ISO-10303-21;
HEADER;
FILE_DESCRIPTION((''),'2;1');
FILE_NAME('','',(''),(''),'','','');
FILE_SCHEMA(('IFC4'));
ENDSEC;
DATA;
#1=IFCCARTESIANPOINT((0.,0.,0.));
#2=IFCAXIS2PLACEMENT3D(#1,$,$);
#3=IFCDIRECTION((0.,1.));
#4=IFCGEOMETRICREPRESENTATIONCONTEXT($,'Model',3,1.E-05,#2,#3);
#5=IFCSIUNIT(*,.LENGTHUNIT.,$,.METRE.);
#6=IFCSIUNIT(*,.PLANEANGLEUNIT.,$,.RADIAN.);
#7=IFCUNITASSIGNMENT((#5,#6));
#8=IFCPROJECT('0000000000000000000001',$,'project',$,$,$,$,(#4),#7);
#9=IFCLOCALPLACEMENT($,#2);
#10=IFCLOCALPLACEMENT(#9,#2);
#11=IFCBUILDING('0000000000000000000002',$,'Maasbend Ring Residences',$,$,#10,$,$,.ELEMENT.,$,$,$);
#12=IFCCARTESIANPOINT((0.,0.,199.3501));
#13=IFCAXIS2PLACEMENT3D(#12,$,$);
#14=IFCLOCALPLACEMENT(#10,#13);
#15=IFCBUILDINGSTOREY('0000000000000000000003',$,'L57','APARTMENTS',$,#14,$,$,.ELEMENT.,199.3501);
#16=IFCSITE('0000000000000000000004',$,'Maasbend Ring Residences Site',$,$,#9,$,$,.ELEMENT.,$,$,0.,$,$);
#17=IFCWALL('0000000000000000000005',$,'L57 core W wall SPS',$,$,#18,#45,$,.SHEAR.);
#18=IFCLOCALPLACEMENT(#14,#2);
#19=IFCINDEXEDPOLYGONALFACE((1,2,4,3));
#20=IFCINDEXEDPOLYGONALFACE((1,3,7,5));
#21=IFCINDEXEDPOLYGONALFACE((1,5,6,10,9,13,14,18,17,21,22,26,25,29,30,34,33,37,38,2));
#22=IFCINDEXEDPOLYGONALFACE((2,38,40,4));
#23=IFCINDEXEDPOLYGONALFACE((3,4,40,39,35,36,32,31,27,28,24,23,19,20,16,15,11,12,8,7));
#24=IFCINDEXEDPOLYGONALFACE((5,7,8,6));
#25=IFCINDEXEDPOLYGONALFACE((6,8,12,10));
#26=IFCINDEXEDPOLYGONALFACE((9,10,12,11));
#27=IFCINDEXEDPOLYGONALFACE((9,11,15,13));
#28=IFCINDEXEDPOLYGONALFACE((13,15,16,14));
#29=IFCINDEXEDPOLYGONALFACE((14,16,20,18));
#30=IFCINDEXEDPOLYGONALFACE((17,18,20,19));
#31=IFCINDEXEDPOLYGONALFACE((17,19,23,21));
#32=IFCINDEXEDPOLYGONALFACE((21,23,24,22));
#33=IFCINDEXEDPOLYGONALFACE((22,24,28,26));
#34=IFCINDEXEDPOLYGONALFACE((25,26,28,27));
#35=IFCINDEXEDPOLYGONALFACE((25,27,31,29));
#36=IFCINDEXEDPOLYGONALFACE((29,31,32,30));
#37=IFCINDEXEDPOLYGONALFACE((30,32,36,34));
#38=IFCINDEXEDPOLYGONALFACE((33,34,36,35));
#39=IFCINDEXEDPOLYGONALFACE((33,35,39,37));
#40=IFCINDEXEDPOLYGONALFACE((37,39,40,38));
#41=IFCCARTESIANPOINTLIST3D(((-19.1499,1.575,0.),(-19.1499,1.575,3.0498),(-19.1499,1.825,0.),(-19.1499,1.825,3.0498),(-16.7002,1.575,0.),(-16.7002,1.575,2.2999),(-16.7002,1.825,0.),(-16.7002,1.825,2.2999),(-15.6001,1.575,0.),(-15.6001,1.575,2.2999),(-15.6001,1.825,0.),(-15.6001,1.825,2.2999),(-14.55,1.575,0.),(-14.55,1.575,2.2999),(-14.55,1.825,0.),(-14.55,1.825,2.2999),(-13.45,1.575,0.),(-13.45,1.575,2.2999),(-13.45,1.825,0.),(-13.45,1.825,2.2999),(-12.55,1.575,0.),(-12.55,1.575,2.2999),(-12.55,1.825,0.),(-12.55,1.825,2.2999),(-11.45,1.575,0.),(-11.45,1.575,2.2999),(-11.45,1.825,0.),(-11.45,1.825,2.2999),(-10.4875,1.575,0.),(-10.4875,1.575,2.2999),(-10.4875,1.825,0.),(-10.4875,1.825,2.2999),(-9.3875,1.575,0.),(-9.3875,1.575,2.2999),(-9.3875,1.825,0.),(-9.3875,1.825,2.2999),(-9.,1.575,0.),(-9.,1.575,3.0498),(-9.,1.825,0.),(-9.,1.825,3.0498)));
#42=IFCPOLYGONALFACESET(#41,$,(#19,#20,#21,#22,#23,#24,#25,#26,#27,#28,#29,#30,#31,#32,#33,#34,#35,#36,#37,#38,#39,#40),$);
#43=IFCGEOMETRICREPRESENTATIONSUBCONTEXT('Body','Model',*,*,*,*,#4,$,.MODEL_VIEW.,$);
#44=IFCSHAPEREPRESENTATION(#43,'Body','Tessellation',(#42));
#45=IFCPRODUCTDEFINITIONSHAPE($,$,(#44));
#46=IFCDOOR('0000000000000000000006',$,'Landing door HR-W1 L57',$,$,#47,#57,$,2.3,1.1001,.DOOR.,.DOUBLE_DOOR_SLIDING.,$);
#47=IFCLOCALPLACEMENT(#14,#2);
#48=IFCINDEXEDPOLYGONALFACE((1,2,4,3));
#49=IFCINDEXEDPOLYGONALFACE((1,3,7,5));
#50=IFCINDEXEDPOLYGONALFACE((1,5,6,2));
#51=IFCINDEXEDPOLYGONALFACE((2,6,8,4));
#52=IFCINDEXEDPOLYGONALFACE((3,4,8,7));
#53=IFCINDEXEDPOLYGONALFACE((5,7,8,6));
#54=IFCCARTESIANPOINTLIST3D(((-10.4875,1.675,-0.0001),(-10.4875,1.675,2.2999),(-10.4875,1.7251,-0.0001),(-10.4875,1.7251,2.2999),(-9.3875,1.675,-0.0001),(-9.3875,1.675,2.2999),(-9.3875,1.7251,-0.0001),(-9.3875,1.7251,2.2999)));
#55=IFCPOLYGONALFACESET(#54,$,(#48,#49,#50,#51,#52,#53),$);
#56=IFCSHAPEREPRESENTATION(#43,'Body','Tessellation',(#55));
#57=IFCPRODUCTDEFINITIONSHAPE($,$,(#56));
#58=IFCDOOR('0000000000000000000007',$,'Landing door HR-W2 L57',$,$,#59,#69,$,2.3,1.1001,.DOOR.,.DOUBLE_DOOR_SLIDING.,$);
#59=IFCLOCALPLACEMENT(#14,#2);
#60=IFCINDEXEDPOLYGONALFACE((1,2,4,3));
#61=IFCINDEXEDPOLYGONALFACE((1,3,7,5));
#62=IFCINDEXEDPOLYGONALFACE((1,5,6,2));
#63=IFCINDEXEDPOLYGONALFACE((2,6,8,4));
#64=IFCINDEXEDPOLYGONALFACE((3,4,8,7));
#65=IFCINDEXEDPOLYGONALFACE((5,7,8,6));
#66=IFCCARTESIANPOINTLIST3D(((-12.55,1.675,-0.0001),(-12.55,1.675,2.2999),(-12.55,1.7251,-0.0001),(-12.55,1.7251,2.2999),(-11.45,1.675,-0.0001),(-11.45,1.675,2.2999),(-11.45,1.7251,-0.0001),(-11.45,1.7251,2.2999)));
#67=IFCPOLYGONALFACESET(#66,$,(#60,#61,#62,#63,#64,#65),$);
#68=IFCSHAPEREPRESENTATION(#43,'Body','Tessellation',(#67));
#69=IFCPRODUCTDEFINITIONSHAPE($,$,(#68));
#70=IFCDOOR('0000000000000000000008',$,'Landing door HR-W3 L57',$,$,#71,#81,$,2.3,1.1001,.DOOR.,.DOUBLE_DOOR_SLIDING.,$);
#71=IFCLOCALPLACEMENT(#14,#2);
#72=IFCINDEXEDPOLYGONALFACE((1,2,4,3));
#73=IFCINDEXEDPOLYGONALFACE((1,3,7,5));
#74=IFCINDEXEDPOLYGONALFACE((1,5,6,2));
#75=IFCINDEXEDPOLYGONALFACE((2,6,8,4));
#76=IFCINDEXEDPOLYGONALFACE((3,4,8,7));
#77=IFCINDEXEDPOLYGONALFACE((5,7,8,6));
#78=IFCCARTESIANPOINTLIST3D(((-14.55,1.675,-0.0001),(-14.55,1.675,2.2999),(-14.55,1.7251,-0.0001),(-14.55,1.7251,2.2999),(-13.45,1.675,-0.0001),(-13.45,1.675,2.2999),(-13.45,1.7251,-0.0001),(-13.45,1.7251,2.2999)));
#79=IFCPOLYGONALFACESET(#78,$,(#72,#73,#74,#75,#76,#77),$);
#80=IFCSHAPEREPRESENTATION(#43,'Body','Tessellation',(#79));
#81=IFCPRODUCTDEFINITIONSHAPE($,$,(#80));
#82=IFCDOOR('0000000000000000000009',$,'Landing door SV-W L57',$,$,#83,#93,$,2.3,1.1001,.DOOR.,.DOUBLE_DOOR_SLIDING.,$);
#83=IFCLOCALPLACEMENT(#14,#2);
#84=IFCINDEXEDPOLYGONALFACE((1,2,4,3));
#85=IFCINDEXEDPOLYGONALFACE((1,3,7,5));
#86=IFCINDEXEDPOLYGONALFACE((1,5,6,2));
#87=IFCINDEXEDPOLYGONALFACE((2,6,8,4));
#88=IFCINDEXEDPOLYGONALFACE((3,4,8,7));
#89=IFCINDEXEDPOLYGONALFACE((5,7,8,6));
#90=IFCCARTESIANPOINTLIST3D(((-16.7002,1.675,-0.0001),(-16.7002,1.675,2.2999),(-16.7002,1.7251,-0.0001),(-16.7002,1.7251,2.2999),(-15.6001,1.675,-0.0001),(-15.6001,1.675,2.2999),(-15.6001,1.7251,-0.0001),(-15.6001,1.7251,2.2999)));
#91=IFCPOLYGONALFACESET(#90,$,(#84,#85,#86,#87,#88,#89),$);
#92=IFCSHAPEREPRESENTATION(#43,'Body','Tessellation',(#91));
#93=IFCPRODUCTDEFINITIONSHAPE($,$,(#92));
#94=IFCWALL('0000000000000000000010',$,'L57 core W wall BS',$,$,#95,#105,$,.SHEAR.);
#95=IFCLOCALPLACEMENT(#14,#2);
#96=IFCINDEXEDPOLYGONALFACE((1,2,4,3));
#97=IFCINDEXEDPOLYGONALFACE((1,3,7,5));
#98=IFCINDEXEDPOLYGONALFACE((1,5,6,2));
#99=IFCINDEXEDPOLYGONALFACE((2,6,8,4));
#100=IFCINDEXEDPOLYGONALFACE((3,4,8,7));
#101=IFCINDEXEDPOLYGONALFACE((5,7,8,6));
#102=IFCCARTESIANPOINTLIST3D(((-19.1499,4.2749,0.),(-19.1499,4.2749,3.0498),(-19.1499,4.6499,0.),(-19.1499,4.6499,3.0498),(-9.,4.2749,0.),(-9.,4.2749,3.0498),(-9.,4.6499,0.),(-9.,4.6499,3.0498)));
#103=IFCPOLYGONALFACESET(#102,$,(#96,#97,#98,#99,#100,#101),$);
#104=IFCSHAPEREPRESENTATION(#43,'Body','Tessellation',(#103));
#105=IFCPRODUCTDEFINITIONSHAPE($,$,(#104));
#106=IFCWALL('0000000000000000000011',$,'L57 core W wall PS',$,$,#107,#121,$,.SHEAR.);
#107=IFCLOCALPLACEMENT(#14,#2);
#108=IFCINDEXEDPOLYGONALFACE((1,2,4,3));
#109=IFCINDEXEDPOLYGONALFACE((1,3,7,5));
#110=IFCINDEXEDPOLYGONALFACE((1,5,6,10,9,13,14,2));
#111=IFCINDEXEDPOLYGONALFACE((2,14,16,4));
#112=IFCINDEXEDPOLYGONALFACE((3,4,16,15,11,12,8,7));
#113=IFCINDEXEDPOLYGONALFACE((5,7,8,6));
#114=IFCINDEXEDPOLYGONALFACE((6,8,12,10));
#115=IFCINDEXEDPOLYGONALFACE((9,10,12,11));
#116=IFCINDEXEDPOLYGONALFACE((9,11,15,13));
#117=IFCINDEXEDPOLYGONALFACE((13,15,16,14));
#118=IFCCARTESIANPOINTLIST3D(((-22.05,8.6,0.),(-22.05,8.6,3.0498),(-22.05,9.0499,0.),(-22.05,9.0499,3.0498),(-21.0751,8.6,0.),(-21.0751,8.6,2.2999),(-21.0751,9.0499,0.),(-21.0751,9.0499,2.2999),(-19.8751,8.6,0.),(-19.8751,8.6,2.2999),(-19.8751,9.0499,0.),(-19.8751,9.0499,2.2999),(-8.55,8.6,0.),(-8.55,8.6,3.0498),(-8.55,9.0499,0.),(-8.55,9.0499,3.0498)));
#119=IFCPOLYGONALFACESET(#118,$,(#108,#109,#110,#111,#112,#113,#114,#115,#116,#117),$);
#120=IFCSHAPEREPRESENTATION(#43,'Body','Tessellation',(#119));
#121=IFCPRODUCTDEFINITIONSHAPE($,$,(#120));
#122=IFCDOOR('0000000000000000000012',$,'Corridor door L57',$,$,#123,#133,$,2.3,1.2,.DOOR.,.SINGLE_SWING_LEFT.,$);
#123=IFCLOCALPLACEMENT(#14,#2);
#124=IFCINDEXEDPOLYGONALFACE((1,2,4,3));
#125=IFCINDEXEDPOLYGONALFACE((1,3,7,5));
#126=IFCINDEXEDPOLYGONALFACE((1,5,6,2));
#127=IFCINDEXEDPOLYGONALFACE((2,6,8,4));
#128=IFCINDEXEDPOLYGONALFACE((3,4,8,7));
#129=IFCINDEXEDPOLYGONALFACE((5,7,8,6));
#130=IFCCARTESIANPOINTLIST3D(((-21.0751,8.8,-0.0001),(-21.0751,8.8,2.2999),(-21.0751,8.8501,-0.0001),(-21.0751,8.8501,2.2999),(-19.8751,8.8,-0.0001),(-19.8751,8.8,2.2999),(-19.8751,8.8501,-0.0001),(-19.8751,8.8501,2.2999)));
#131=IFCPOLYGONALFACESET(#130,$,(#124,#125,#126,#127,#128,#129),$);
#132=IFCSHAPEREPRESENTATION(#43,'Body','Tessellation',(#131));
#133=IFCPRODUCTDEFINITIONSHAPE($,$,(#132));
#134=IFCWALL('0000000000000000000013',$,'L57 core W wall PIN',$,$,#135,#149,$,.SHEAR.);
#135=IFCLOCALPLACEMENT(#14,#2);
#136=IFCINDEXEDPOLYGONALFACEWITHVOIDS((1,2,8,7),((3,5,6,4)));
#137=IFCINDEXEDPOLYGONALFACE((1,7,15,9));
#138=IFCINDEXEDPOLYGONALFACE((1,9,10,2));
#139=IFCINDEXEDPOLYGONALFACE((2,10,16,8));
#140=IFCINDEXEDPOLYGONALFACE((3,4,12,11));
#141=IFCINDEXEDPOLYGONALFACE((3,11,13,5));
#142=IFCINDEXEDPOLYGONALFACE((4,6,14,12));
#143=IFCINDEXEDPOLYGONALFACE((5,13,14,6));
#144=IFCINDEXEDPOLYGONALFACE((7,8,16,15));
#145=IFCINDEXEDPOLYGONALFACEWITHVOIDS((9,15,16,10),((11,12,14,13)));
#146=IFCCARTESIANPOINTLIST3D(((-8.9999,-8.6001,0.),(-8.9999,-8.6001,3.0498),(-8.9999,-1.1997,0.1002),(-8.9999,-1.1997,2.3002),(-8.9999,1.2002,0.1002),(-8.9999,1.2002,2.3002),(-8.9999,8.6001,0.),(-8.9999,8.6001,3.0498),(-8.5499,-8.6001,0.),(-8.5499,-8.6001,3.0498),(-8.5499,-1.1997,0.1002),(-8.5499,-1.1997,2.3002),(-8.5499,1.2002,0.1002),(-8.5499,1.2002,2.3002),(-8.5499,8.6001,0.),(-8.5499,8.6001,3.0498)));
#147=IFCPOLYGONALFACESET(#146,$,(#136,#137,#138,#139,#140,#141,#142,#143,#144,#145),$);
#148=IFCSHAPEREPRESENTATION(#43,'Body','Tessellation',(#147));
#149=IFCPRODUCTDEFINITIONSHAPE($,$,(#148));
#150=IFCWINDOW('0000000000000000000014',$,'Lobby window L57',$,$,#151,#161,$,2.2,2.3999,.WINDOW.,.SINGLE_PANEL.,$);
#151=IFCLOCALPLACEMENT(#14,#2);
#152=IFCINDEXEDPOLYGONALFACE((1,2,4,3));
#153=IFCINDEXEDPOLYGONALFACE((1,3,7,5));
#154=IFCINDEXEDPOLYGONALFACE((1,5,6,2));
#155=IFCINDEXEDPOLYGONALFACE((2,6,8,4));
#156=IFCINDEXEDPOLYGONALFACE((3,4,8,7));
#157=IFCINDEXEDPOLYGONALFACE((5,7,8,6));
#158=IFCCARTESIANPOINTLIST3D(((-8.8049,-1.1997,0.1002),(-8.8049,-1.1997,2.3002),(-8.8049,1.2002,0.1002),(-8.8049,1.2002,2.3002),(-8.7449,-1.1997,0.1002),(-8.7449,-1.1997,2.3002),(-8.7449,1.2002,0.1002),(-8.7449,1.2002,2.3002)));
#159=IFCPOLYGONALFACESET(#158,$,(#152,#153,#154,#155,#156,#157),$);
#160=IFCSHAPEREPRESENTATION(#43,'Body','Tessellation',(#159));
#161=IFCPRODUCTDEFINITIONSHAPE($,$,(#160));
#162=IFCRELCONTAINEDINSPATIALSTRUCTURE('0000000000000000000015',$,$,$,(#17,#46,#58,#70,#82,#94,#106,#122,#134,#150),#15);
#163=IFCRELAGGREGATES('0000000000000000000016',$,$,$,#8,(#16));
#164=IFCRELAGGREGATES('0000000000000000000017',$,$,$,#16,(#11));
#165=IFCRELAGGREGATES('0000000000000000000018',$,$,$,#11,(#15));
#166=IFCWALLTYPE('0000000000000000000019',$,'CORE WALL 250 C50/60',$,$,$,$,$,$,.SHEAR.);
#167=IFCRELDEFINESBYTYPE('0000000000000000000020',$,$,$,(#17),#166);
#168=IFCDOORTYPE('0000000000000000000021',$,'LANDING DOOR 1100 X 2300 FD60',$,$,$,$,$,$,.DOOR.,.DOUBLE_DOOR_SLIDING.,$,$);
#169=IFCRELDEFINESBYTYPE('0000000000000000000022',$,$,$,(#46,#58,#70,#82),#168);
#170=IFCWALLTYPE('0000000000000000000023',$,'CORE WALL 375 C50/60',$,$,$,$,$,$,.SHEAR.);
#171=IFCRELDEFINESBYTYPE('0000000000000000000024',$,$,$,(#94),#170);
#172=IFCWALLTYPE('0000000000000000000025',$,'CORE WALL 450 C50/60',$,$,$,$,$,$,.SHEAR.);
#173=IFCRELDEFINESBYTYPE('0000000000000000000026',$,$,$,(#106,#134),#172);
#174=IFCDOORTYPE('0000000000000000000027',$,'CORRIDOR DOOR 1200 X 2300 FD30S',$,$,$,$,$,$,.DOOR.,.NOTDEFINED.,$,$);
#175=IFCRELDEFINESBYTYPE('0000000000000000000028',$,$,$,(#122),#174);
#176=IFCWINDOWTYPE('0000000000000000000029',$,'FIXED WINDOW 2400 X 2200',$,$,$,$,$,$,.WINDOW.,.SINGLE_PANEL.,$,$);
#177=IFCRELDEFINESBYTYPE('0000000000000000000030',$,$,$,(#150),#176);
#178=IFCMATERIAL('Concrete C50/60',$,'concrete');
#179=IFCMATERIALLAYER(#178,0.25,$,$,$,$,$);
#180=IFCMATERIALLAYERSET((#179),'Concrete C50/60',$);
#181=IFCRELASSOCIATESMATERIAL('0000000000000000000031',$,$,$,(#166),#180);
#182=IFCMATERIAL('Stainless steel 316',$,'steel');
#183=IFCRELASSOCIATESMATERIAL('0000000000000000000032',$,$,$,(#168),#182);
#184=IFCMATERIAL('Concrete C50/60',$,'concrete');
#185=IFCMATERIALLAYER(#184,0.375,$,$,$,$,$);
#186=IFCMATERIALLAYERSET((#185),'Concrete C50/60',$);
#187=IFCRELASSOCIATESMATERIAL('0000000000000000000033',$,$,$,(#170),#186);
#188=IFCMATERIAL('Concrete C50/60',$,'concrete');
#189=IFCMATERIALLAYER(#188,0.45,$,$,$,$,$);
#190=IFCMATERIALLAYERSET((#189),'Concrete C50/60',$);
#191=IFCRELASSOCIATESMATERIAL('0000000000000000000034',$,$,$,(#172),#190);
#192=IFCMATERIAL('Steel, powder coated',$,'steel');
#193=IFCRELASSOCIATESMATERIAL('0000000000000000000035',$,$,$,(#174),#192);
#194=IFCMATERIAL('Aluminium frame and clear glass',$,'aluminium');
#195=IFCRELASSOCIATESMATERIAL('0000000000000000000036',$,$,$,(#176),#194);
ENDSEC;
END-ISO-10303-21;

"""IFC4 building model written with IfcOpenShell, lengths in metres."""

from ifc_helpers import new_model, si_unit, direction, frame, frame_2d, origin, place, context, subcontext, project, spatial, rectangle, extrude, material, layer, layer_set, type_object, element, fill, save


model = new_model("IFC4")

# Units and contexts
model_context = context("Model", 3, precision=1e-05, world=origin(), true_north=direction((0.0, 1.0)))
body_context = subcontext(model_context, "Body", "Model", "MODEL_VIEW")
ifc_project = project(units=[si_unit("LENGTHUNIT", "METRE"), si_unit("PLANEANGLEUNIT", "RADIAN")], contexts=[model_context])

# Site, building, storey
site_placement = place(None, origin())
site = spatial("IfcSite", under=ifc_project, at=site_placement, Name="Maasbend Ring Residences Site", CompositionType="ELEMENT", RefElevation=0.0)
building_placement = place(site_placement, origin())
building = spatial("IfcBuilding", under=site, at=building_placement, Name="Maasbend Ring Residences", CompositionType="ELEMENT")
storey_placement = place(building_placement, frame((0.0, 0.0, 199.3501)))
storey = spatial("IfcBuildingStorey", under=building, at=storey_placement, Name="L57", Description="APARTMENTS", CompositionType="ELEMENT", Elevation=199.3501)

# Wall, openings, doors
ifc_material_1 = material(Name="Concrete C50/60", Category="concrete")
ifc_layer_1 = layer(ifc_material_1, 0.25)
ifc_layer_set_1 = layer_set([ifc_layer_1], Name="Concrete C50/60")
wall_type_1 = type_object("IfcWallType", Name="CORE WALL 250 C50/60", PredefinedType="SHEAR", material=ifc_layer_set_1)
wall_1_placement = place(storey_placement, frame((-9.0, 1.7, 0.0), z_axis=(0.0, 0.0, 1.0), x_axis=(-1.0, 0.0, 0.0)))
wall_1 = element("IfcWall", 1, at=wall_1_placement, inside=storey, type_object=wall_type_1, Name="L57 core W wall SPS", PredefinedType="SHEAR", context=body_context, shape_type="SweptSolid", body=[
    extrude(rectangle(XDim=10.1499, YDim=0.25, at=frame_2d((5.075, 0.0))), origin(), (0.0, 0.0, 1.0), 3.0498),
])
opening_1_placement = place(wall_1_placement, frame((0.3875, 0.0, 0.0)))
opening_1 = element("IfcOpeningElement", 2, at=opening_1_placement, cuts=wall_1, PredefinedType="OPENING", context=body_context, shape_type="SweptSolid", body=[
    extrude(rectangle(XDim=1.1001, YDim=2.3, at=frame_2d((0.55, 1.1499))), frame((0.0, 0.135, 0.0), z_axis=(0.0, -1.0, 0.0), x_axis=(1.0, 0.0, 0.0)), (0.0, 0.0, 1.0), 0.27),
])
opening_2_placement = place(wall_1_placement, frame((2.45, 0.0, 0.0)))
opening_2 = element("IfcOpeningElement", 3, at=opening_2_placement, cuts=wall_1, PredefinedType="OPENING", context=body_context, shape_type="SweptSolid", body=[
    extrude(rectangle(XDim=1.1001, YDim=2.3, at=frame_2d((0.55, 1.1499))), frame((0.0, 0.135, 0.0), z_axis=(0.0, -1.0, 0.0), x_axis=(1.0, 0.0, 0.0)), (0.0, 0.0, 1.0), 0.27),
])
opening_3_placement = place(wall_1_placement, frame((4.45, 0.0, 0.0)))
opening_3 = element("IfcOpeningElement", 4, at=opening_3_placement, cuts=wall_1, PredefinedType="OPENING", context=body_context, shape_type="SweptSolid", body=[
    extrude(rectangle(XDim=1.1001, YDim=2.3, at=frame_2d((0.55, 1.1499))), frame((0.0, 0.135, 0.0), z_axis=(0.0, -1.0, 0.0), x_axis=(1.0, 0.0, 0.0)), (0.0, 0.0, 1.0), 0.27),
])
opening_4_placement = place(wall_1_placement, frame((6.6001, 0.0, 0.0)))
opening_4 = element("IfcOpeningElement", 5, at=opening_4_placement, cuts=wall_1, PredefinedType="OPENING", context=body_context, shape_type="SweptSolid", body=[
    extrude(rectangle(XDim=1.1001, YDim=2.3, at=frame_2d((0.55, 1.1499))), frame((0.0, 0.135, 0.0), z_axis=(0.0, -1.0, 0.0), x_axis=(1.0, 0.0, 0.0)), (0.0, 0.0, 1.0), 0.27),
])
ifc_material_2 = material(Name="Stainless steel 316", Category="steel")
door_type_1 = type_object("IfcDoorType", Name="LANDING DOOR 1100 X 2300 FD60", OperationType="DOUBLE_DOOR_SLIDING", PredefinedType="DOOR", material=ifc_material_2)
door_1_placement = place(opening_1_placement, origin())
door_1 = element("IfcDoor", 6, at=door_1_placement, inside=storey, type_object=door_type_1, Name="Landing door HR-W1 L57", OperationType="DOUBLE_DOOR_SLIDING", OverallHeight=2.3, OverallWidth=1.1001, PredefinedType="DOOR", context=body_context, shape_type="SweptSolid", body=[
    extrude(rectangle(XDim=1.1001, YDim=2.3, at=frame_2d((0.55, 1.1499))), frame((0.0, 0.0249, 0.0), z_axis=(0.0, -1.0, 0.0), x_axis=(1.0, 0.0, 0.0)), (0.0, 0.0, 1.0), 0.05),
])
fill(opening_1, door_1)
door_2_placement = place(opening_2_placement, origin())
door_2 = element("IfcDoor", 7, at=door_2_placement, inside=storey, type_object=door_type_1, Name="Landing door HR-W2 L57", OperationType="DOUBLE_DOOR_SLIDING", OverallHeight=2.3, OverallWidth=1.1001, PredefinedType="DOOR", context=body_context, shape_type="SweptSolid", body=[
    extrude(rectangle(XDim=1.1001, YDim=2.3, at=frame_2d((0.55, 1.1499))), frame((0.0, 0.0249, 0.0), z_axis=(0.0, -1.0, 0.0), x_axis=(1.0, 0.0, 0.0)), (0.0, 0.0, 1.0), 0.05),
])
fill(opening_2, door_2)
door_3_placement = place(opening_3_placement, origin())
door_3 = element("IfcDoor", 8, at=door_3_placement, inside=storey, type_object=door_type_1, Name="Landing door HR-W3 L57", OperationType="DOUBLE_DOOR_SLIDING", OverallHeight=2.3, OverallWidth=1.1001, PredefinedType="DOOR", context=body_context, shape_type="SweptSolid", body=[
    extrude(rectangle(XDim=1.1001, YDim=2.3, at=frame_2d((0.55, 1.1499))), frame((0.0, 0.0249, 0.0), z_axis=(0.0, -1.0, 0.0), x_axis=(1.0, 0.0, 0.0)), (0.0, 0.0, 1.0), 0.05),
])
fill(opening_3, door_3)
door_4_placement = place(opening_4_placement, origin())
door_4 = element("IfcDoor", 9, at=door_4_placement, inside=storey, type_object=door_type_1, Name="Landing door SV-W L57", OperationType="DOUBLE_DOOR_SLIDING", OverallHeight=2.3, OverallWidth=1.1001, PredefinedType="DOOR", context=body_context, shape_type="SweptSolid", body=[
    extrude(rectangle(XDim=1.1001, YDim=2.3, at=frame_2d((0.55, 1.1499))), frame((0.0, 0.0249, 0.0), z_axis=(0.0, -1.0, 0.0), x_axis=(1.0, 0.0, 0.0)), (0.0, 0.0, 1.0), 0.05),
])
fill(opening_4, door_4)

# Wall
ifc_material_3 = material(Name="Concrete C50/60", Category="concrete")
ifc_layer_2 = layer(ifc_material_3, 0.375)
ifc_layer_set_2 = layer_set([ifc_layer_2], Name="Concrete C50/60")
wall_type_2 = type_object("IfcWallType", Name="CORE WALL 375 C50/60", PredefinedType="SHEAR", material=ifc_layer_set_2)
wall_2_placement = place(storey_placement, frame((-9.0, 4.4624, 0.0), z_axis=(0.0, 0.0, 1.0), x_axis=(-1.0, 0.0, 0.0)))
element("IfcWall", 10, at=wall_2_placement, inside=storey, type_object=wall_type_2, Name="L57 core W wall BS", PredefinedType="SHEAR", context=body_context, shape_type="SweptSolid", body=[
    extrude(rectangle(XDim=10.1499, YDim=0.375, at=frame_2d((5.075, 0.0))), origin(), (0.0, 0.0, 1.0), 3.0498),
])

# Wall, opening, door
ifc_material_4 = material(Name="Concrete C50/60", Category="concrete")
ifc_layer_3 = layer(ifc_material_4, 0.45)
ifc_layer_set_3 = layer_set([ifc_layer_3], Name="Concrete C50/60")
wall_type_3 = type_object("IfcWallType", Name="CORE WALL 450 C50/60", PredefinedType="SHEAR", material=ifc_layer_set_3)
wall_3_placement = place(storey_placement, frame((-8.55, 8.825, 0.0), z_axis=(0.0, 0.0, 1.0), x_axis=(-1.0, 0.0, 0.0)))
wall_3 = element("IfcWall", 11, at=wall_3_placement, inside=storey, type_object=wall_type_3, Name="L57 core W wall PS", PredefinedType="SHEAR", context=body_context, shape_type="SweptSolid", body=[
    extrude(rectangle(XDim=13.5, YDim=0.45, at=frame_2d((6.75, 0.0))), origin(), (0.0, 0.0, 1.0), 3.0498),
])
opening_5_placement = place(wall_3_placement, frame((11.325, 0.0, 0.0)))
opening_5 = element("IfcOpeningElement", 12, at=opening_5_placement, cuts=wall_3, PredefinedType="OPENING", context=body_context, shape_type="SweptSolid", body=[
    extrude(rectangle(XDim=1.2, YDim=2.3, at=frame_2d((0.6001, 1.1499))), frame((0.0, 0.2349, 0.0), z_axis=(0.0, -1.0, 0.0), x_axis=(1.0, 0.0, 0.0)), (0.0, 0.0, 1.0), 0.47),
])
ifc_material_5 = material(Name="Steel, powder coated", Category="steel")
door_type_2 = type_object("IfcDoorType", Name="CORRIDOR DOOR 1200 X 2300 FD30S", OperationType="NOTDEFINED", PredefinedType="DOOR", material=ifc_material_5)
door_5_placement = place(opening_5_placement, origin())
door_5 = element("IfcDoor", 13, at=door_5_placement, inside=storey, type_object=door_type_2, Name="Corridor door L57", OperationType="SINGLE_SWING_LEFT", OverallHeight=2.3, OverallWidth=1.2, PredefinedType="DOOR", context=body_context, shape_type="SweptSolid", body=[
    extrude(rectangle(XDim=1.2, YDim=2.3, at=frame_2d((0.6001, 1.1499))), frame((0.0, 0.0249, 0.0), z_axis=(0.0, -1.0, 0.0), x_axis=(1.0, 0.0, 0.0)), (0.0, 0.0, 1.0), 0.05),
])
fill(opening_5, door_5)

# Wall, opening, window
wall_4_placement = place(storey_placement, frame((-8.7749, 8.6001, 0.0), z_axis=(0.0, 0.0, 1.0), x_axis=(0.0, -1.0, 0.0)))
wall_4 = element("IfcWall", 14, at=wall_4_placement, inside=storey, type_object=wall_type_3, Name="L57 core W wall PIN", PredefinedType="SHEAR", context=body_context, shape_type="SweptSolid", body=[
    extrude(rectangle(XDim=17.2002, YDim=0.45, at=frame_2d((8.6001, 0.0))), origin(), (0.0, 0.0, 1.0), 3.0498),
])
opening_6_placement = place(wall_4_placement, frame((7.3999, 0.0, 0.1001)))
opening_6 = element("IfcOpeningElement", 15, at=opening_6_placement, cuts=wall_4, PredefinedType="OPENING", context=body_context, shape_type="SweptSolid", body=[
    extrude(rectangle(XDim=2.3999, YDim=2.2, at=frame_2d((1.2, 1.1001))), frame((0.0, 0.2349, 0.0), z_axis=(0.0, -1.0, 0.0), x_axis=(1.0, 0.0, 0.0)), (0.0, 0.0, 1.0), 0.47),
])
ifc_material_6 = material(Name="Aluminium frame and clear glass", Category="aluminium")
window_type = type_object("IfcWindowType", Name="FIXED WINDOW 2400 X 2200", PartitioningType="SINGLE_PANEL", PredefinedType="WINDOW", material=ifc_material_6)
window_placement = place(opening_6_placement, origin())
window = element("IfcWindow", 16, at=window_placement, inside=storey, type_object=window_type, Name="Lobby window L57", OverallHeight=2.2, OverallWidth=2.3999, PartitioningType="SINGLE_PANEL", PredefinedType="WINDOW", context=body_context, shape_type="SweptSolid", body=[
    extrude(rectangle(XDim=2.3999, YDim=2.2, at=frame_2d((1.2, 1.1001))), frame((0.0, 0.03, 0.0), z_axis=(0.0, -1.0, 0.0), x_axis=(1.0, 0.0, 0.0)), (0.0, 0.0, 1.0), 0.0601),
])
fill(opening_6, window)

save(model, "model.ifc")
